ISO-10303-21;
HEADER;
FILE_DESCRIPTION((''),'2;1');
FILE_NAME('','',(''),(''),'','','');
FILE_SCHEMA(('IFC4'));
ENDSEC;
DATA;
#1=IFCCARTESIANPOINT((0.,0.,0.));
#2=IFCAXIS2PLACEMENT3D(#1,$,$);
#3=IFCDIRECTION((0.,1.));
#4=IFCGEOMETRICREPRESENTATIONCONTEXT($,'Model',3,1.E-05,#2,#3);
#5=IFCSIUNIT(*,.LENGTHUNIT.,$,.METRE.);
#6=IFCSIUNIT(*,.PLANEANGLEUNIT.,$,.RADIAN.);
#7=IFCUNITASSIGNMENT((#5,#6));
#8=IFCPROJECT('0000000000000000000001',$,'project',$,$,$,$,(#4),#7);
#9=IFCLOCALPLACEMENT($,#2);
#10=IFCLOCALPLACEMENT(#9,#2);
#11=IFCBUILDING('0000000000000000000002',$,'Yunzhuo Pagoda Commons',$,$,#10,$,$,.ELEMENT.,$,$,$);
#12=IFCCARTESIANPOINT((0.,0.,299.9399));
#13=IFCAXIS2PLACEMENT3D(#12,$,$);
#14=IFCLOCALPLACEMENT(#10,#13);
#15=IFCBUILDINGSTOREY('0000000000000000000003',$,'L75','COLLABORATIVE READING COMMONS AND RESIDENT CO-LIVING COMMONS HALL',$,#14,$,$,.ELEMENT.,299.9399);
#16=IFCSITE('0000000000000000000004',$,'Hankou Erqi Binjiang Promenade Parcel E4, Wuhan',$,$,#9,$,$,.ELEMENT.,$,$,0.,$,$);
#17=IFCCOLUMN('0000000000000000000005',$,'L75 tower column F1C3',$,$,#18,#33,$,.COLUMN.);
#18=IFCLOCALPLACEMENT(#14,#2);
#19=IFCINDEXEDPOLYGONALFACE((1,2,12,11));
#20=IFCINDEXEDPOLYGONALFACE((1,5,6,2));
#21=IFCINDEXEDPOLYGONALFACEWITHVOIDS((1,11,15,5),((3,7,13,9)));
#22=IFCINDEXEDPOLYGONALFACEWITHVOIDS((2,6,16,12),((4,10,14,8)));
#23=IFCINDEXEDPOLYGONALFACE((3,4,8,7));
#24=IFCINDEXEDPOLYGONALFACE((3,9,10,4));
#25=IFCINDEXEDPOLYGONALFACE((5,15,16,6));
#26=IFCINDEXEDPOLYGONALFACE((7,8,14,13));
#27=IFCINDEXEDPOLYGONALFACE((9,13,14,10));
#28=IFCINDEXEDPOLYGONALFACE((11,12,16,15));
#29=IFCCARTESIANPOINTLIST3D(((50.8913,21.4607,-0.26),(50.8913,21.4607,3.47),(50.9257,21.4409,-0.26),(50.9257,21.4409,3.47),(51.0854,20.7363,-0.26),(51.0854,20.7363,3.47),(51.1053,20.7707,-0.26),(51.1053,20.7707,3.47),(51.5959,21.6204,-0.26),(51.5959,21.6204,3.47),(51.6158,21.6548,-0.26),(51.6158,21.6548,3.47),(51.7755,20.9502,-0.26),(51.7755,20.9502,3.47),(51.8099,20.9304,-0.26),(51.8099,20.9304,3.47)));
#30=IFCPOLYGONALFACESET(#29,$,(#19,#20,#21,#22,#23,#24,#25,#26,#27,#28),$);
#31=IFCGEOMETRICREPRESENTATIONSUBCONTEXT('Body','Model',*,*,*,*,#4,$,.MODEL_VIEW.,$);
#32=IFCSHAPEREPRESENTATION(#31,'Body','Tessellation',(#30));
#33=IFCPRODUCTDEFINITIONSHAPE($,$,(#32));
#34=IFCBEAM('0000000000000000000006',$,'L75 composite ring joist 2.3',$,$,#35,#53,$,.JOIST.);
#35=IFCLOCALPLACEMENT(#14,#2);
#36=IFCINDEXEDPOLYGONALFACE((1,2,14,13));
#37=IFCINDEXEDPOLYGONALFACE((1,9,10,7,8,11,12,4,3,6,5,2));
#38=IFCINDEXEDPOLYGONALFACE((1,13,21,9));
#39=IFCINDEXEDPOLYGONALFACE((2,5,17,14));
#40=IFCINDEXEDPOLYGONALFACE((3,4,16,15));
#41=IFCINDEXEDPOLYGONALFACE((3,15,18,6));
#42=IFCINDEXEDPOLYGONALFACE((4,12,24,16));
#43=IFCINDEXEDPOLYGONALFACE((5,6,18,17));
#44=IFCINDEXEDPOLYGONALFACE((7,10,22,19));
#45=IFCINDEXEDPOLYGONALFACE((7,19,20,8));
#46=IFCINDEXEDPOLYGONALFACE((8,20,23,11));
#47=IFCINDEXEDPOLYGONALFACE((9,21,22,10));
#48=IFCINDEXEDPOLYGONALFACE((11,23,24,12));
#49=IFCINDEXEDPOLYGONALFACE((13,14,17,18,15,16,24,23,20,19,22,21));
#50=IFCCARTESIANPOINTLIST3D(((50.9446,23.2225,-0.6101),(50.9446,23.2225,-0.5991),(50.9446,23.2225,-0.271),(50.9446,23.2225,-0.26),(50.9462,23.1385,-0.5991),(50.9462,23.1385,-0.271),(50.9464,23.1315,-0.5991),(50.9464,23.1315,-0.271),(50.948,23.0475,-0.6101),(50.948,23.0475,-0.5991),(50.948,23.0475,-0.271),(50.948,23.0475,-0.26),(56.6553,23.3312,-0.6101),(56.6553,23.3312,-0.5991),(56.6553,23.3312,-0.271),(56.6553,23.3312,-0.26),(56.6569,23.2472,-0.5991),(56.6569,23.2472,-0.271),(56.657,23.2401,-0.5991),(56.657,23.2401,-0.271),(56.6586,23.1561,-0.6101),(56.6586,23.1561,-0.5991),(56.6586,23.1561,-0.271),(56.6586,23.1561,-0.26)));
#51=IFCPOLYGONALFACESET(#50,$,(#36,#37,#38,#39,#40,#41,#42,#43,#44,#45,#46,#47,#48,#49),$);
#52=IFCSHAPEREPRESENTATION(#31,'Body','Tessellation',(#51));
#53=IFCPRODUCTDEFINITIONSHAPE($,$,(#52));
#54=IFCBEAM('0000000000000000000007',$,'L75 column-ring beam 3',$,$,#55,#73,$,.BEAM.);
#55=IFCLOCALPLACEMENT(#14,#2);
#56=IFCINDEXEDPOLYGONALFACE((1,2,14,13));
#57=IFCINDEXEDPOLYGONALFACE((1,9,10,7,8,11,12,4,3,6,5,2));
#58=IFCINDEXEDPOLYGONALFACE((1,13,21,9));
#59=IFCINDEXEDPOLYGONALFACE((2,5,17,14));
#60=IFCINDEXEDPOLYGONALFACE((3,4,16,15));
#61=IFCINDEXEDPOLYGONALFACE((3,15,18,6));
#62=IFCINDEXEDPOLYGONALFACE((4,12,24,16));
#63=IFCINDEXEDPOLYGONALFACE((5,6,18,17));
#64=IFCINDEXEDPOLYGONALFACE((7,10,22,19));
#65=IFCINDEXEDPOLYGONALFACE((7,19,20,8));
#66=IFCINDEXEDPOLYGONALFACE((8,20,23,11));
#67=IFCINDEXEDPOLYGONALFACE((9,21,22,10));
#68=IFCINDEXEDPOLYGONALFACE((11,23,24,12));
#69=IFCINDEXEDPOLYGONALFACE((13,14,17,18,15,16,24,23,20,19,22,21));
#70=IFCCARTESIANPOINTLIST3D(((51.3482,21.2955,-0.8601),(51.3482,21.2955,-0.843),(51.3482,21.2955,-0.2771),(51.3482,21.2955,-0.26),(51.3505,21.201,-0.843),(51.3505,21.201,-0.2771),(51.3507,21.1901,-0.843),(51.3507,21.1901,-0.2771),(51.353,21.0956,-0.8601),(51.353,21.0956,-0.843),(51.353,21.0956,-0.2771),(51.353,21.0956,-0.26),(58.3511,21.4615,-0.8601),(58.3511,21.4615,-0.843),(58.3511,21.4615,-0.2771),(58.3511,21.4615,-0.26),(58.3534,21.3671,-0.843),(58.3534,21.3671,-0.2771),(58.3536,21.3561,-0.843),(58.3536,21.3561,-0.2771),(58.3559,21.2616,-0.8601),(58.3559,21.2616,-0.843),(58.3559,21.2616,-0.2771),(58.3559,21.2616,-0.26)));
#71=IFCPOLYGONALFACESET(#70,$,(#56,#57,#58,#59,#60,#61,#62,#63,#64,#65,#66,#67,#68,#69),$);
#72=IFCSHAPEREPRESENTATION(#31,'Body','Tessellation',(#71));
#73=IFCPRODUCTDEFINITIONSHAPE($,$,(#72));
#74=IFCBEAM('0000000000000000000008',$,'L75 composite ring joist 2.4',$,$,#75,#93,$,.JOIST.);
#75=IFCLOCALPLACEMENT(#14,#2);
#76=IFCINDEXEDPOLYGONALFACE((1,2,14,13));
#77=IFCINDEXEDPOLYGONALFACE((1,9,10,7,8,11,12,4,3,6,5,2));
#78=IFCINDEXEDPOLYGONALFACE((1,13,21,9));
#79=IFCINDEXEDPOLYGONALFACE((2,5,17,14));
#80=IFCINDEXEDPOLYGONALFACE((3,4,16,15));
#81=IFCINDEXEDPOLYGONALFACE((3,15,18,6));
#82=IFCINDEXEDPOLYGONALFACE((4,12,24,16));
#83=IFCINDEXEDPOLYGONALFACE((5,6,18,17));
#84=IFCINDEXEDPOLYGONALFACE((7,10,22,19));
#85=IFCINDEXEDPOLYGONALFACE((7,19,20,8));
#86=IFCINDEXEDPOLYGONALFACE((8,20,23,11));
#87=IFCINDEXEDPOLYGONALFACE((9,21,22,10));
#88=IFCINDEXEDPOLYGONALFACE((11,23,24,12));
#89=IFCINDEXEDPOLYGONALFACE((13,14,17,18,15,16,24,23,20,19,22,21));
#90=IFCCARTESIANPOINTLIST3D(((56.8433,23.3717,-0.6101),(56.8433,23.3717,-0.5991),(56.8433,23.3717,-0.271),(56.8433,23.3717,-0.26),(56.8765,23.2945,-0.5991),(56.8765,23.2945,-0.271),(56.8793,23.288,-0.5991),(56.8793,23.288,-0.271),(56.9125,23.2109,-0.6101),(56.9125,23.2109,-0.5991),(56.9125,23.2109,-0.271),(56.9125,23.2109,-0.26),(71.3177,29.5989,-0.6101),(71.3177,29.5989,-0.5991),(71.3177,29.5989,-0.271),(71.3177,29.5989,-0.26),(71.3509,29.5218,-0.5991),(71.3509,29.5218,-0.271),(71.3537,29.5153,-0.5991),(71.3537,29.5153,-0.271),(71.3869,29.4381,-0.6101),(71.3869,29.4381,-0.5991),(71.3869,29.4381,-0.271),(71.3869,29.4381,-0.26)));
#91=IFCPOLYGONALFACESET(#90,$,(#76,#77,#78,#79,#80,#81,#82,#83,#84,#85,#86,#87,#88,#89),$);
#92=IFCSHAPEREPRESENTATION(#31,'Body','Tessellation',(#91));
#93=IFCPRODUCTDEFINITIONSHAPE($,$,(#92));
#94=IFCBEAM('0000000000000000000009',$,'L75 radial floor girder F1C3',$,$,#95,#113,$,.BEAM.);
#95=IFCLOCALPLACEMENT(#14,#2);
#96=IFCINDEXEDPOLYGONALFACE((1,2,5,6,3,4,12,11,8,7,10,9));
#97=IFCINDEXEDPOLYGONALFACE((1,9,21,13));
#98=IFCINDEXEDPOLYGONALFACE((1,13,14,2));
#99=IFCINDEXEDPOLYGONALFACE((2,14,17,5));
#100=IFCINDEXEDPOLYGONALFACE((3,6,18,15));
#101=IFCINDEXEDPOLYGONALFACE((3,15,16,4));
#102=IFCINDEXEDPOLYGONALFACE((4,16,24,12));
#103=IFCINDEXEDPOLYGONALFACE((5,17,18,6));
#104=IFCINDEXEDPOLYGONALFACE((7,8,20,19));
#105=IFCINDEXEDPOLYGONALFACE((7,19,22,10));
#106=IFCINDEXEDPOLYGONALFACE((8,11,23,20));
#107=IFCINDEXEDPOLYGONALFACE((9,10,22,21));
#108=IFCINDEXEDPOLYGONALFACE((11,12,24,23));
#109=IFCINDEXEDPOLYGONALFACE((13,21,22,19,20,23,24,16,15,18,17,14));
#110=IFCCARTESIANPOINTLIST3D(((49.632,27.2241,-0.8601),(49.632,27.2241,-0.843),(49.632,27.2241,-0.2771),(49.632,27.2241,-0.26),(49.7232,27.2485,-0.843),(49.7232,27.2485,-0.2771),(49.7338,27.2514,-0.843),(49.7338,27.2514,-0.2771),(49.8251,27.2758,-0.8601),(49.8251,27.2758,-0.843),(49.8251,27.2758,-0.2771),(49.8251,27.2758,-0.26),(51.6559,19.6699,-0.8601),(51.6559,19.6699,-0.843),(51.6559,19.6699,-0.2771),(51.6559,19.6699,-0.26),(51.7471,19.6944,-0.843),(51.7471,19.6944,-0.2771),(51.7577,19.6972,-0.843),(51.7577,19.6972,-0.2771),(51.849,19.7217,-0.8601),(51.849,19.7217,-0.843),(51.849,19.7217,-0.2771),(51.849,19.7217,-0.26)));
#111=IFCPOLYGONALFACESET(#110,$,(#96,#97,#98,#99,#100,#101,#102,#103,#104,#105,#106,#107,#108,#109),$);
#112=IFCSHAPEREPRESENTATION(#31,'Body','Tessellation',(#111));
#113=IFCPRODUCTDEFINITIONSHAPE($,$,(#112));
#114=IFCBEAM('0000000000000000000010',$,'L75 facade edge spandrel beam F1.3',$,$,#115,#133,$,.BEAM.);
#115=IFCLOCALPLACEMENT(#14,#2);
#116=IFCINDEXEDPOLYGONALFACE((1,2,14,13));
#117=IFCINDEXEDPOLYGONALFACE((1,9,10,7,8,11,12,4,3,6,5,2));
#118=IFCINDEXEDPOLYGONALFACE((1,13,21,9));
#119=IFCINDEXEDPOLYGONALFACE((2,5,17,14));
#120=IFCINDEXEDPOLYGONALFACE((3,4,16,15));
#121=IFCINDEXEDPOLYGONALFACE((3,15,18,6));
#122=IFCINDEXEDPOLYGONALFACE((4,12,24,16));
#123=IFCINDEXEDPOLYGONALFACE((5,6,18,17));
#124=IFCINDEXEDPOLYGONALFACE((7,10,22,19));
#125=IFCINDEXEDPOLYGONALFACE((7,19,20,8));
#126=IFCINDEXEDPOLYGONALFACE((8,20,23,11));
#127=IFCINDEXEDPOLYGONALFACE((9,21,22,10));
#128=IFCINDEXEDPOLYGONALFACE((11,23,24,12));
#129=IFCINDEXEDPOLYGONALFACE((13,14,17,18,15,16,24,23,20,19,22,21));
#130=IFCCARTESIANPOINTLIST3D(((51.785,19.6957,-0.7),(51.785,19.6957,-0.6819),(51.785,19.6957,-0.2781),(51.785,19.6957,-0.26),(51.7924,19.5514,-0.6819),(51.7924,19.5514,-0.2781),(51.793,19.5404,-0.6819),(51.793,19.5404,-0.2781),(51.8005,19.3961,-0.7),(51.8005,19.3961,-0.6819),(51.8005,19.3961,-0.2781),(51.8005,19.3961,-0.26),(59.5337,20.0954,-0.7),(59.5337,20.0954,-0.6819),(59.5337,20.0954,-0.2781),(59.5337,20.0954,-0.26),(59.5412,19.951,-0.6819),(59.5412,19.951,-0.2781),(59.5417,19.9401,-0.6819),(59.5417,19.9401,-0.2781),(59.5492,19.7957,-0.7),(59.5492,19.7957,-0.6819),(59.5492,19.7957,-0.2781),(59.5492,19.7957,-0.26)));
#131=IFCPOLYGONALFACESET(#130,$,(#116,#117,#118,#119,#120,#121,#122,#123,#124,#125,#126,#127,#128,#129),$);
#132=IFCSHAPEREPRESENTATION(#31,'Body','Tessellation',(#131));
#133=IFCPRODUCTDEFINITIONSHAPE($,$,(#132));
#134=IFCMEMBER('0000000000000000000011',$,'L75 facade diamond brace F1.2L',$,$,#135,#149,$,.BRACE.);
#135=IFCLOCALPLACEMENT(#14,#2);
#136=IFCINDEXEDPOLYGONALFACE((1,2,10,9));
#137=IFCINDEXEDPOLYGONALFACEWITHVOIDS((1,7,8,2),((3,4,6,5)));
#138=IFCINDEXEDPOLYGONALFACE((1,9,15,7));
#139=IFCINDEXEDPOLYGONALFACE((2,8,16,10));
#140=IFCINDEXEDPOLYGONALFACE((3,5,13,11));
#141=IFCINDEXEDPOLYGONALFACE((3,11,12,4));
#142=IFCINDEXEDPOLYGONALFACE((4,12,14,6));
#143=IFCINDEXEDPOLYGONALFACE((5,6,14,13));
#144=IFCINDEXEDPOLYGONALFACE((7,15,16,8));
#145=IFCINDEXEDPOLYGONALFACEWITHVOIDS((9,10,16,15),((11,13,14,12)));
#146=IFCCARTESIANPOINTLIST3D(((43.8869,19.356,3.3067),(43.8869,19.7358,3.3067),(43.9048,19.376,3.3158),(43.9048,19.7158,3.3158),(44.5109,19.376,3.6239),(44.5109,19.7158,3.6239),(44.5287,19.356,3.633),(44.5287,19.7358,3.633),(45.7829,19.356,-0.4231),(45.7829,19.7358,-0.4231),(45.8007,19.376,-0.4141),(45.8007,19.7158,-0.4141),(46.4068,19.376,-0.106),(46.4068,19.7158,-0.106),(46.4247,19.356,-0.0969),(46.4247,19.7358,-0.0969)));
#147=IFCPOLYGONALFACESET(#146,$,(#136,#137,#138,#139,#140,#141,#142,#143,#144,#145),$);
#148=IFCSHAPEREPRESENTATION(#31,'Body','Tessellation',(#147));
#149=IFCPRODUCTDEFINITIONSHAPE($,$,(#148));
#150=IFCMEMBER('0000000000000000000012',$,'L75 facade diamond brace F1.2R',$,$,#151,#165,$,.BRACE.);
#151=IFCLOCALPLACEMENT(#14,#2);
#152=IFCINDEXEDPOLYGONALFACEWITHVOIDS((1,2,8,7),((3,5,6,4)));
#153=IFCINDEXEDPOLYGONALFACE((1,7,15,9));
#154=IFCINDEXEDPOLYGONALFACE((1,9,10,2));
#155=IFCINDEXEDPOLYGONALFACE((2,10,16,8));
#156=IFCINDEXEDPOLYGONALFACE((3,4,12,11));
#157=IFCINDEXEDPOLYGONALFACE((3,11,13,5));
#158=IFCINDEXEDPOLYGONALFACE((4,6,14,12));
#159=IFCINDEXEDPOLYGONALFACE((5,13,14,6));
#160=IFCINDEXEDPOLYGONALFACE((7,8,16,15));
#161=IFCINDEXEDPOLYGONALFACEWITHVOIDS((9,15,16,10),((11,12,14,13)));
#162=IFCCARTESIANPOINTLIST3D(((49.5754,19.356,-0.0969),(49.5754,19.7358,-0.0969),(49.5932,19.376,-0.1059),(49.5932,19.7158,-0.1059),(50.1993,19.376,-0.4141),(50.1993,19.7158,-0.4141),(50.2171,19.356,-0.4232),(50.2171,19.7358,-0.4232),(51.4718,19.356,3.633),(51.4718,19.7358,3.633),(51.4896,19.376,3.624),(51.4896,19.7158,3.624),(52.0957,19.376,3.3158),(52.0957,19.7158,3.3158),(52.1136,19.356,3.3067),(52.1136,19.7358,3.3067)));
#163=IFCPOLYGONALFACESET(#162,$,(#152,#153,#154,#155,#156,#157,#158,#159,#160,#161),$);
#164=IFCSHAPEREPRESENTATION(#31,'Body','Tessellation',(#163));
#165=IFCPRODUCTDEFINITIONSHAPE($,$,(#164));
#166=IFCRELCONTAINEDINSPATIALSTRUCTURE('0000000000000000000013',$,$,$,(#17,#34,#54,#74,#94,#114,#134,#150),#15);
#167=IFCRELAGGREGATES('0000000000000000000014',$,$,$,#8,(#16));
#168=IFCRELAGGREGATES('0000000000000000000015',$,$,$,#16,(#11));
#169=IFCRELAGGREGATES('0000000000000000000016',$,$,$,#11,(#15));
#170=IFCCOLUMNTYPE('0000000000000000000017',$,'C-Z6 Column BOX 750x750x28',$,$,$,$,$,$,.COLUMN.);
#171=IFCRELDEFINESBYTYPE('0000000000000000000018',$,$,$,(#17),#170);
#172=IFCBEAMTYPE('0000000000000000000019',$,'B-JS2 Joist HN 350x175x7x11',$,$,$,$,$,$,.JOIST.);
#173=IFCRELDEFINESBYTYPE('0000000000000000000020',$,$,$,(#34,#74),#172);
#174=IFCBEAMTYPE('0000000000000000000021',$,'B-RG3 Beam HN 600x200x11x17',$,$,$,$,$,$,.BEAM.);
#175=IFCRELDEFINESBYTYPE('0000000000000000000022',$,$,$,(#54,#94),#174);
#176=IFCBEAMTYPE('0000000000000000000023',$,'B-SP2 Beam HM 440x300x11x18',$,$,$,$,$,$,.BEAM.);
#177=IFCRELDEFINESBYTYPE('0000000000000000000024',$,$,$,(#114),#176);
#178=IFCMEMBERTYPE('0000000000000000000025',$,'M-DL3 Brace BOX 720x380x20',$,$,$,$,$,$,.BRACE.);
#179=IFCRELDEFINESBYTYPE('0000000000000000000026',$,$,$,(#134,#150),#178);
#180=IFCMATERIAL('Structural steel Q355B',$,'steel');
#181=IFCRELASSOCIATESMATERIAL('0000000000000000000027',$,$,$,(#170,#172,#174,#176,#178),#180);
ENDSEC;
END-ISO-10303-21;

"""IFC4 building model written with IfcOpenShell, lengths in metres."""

from ifc_helpers import new_model, si_unit, direction, frame, origin, origin_2d, place, context, subcontext, project, spatial, hollow_rectangle, i_section, extrude, source, transform, mapped, material, material_profile, profile_set, type_object, element, save


model = new_model("IFC4")

# Units and contexts
model_context = context("Model", 3, precision=1e-05, world=origin(), true_north=direction((0.0, 1.0)))
body_context = subcontext(model_context, "Body", "Model", "MODEL_VIEW")
ifc_project = project(units=[si_unit("LENGTHUNIT", "METRE"), si_unit("PLANEANGLEUNIT", "RADIAN")], contexts=[model_context])

# Site, building, storey
site_placement = place(None, origin())
site = spatial("IfcSite", under=ifc_project, at=site_placement, Name="Hankou Erqi Binjiang Promenade Parcel E4, Wuhan", CompositionType="ELEMENT", RefElevation=0.0)
building_placement = place(site_placement, origin())
building = spatial("IfcBuilding", under=site, at=building_placement, Name="Yunzhuo Pagoda Commons", CompositionType="ELEMENT")
storey_placement = place(building_placement, frame((0.0, 0.0, 299.9399)))
storey = spatial("IfcBuildingStorey", under=building, at=storey_placement, Name="L75", Description="COLLABORATIVE READING COMMONS AND RESIDENT CO-LIVING COMMONS HALL", CompositionType="ELEMENT", Elevation=299.9399)

# Column
ifc_material_1 = material(Name="Structural steel Q355B", Category="steel")
ifc_material_profile_1 = material_profile(ifc_material_1, hollow_rectangle(XDim=0.75, YDim=0.75, WallThickness=0.0281, at=origin_2d()), Name="Structural steel Q355B")
ifc_profile_set_1 = profile_set([ifc_material_profile_1], Name="Structural steel Q355B")
column_type = type_object("IfcColumnType", Name="C-Z6 Column BOX 750x750x28", PredefinedType="COLUMN", material=ifc_profile_set_1)
shared_shape_1 = source(origin(), body_context, "Body", "SweptSolid", [
    extrude(hollow_rectangle(XDim=0.75, YDim=0.75, WallThickness=0.0281, at=origin_2d()), origin(), (0.0, 0.0, 1.0), 3.73),
])
column_placement = place(storey_placement, frame((51.3506, 21.1956, -0.26), z_axis=(0.0, 0.0, 1.0), x_axis=(0.965926, 0.258819, 0.0)))
element("IfcColumn", 1, at=column_placement, inside=storey, type_object=column_type, Name="L75 tower column F1C3", PredefinedType="COLUMN", context=body_context, shape_type="MappedRepresentation", body=[
    mapped(shared_shape_1, transform((0.0, 0.0, 0.0), scale=1.0)),
])

# Beams
ifc_material_profile_2 = material_profile(ifc_material_1, i_section(OverallWidth=0.175, OverallDepth=0.3501, WebThickness=0.0071, FlangeThickness=0.011, at=origin_2d()), Name="Structural steel Q355B")
ifc_profile_set_2 = profile_set([ifc_material_profile_2], Name="Structural steel Q355B")
beam_type_1 = type_object("IfcBeamType", Name="B-JS2 Joist HN 350x175x7x11", PredefinedType="JOIST", material=ifc_profile_set_2)
shared_shape_2 = source(origin(), body_context, "Body", "SweptSolid", [
    extrude(i_section(OverallWidth=0.175, OverallDepth=0.3501, WebThickness=0.0071, FlangeThickness=0.011, at=origin_2d()), origin(), (0.0, 0.0, 1.0), 5.7117),
])
beam_1_placement = place(storey_placement, frame((50.9463, 23.135, -0.4351), z_axis=(0.999819, 0.019021, 0.0), x_axis=(-0.019021, 0.999819, 0.0)))
element("IfcBeam", 2, at=beam_1_placement, inside=storey, type_object=beam_type_1, Name="L75 composite ring joist 2.3", PredefinedType="JOIST", context=body_context, shape_type="MappedRepresentation", body=[
    mapped(shared_shape_2, transform((0.0, 0.0, 0.0), scale=1.0)),
])
ifc_material_profile_3 = material_profile(ifc_material_1, i_section(OverallWidth=0.2, OverallDepth=0.6001, WebThickness=0.011, FlangeThickness=0.0171, at=origin_2d()), Name="Structural steel Q355B")
ifc_profile_set_3 = profile_set([ifc_material_profile_3], Name="Structural steel Q355B")
beam_type_2 = type_object("IfcBeamType", Name="B-RG3 Beam HN 600x200x11x17", PredefinedType="BEAM", material=ifc_profile_set_3)
shared_shape_3 = source(origin(), body_context, "Body", "SweptSolid", [
    extrude(i_section(OverallWidth=0.2, OverallDepth=0.6001, WebThickness=0.011, FlangeThickness=0.0171, at=origin_2d()), origin(), (0.0, 0.0, 1.0), 7.0049),
])
beam_2_placement = place(storey_placement, frame((51.3506, 21.1956, -0.5601), z_axis=(0.999719, 0.0237, 0.0), x_axis=(-0.0237, 0.999719, 0.0)))
element("IfcBeam", 3, at=beam_2_placement, inside=storey, type_object=beam_type_2, Name="L75 column-ring beam 3", PredefinedType="BEAM", context=body_context, shape_type="MappedRepresentation", body=[
    mapped(shared_shape_3, transform((0.0, 0.0, 0.0), scale=1.0)),
])
shared_shape_4 = source(origin(), body_context, "Body", "SweptSolid", [
    extrude(i_section(OverallWidth=0.175, OverallDepth=0.3501, WebThickness=0.0071, FlangeThickness=0.011, at=origin_2d()), origin(), (0.0, 0.0, 1.0), 15.7571),
])
beam_3_placement = place(storey_placement, frame((56.8779, 23.2913, -0.4351), z_axis=(0.918593, 0.395205, 0.0), x_axis=(-0.395205, 0.918593, 0.0)))
element("IfcBeam", 4, at=beam_3_placement, inside=storey, type_object=beam_type_1, Name="L75 composite ring joist 2.4", PredefinedType="JOIST", context=body_context, shape_type="MappedRepresentation", body=[
    mapped(shared_shape_4, transform((0.0, 0.0, 0.0), scale=1.0)),
])
shared_shape_5 = source(origin(), body_context, "Body", "SweptSolid", [
    extrude(i_section(OverallWidth=0.2, OverallDepth=0.6001, WebThickness=0.011, FlangeThickness=0.0171, at=origin_2d()), origin(), (0.0, 0.0, 1.0), 7.8206),
])
beam_4_placement = place(storey_placement, frame((51.7524, 19.6958, -0.5601), z_axis=(-0.258793, 0.965933, 0.0), x_axis=(-0.965933, -0.258793, 0.0)))
element("IfcBeam", 5, at=beam_4_placement, inside=storey, type_object=beam_type_2, Name="L75 radial floor girder F1C3", PredefinedType="BEAM", context=body_context, shape_type="MappedRepresentation", body=[
    mapped(shared_shape_5, transform((0.0, 0.0, 0.0), scale=1.0)),
])
ifc_material_profile_4 = material_profile(ifc_material_1, i_section(OverallWidth=0.3, OverallDepth=0.4399, WebThickness=0.011, FlangeThickness=0.0181, at=origin_2d()), Name="Structural steel Q355B")
ifc_profile_set_4 = profile_set([ifc_material_profile_4], Name="Structural steel Q355B")
beam_type_3 = type_object("IfcBeamType", Name="B-SP2 Beam HM 440x300x11x18", PredefinedType="BEAM", material=ifc_profile_set_4)
shared_shape_6 = source(origin(), body_context, "Body", "SweptSolid", [
    extrude(i_section(OverallWidth=0.3, OverallDepth=0.4399, WebThickness=0.011, FlangeThickness=0.0181, at=origin_2d()), origin(), (0.0, 0.0, 1.0), 7.759),
])
beam_5_placement = place(storey_placement, frame((51.7927, 19.5459, -0.48), z_axis=(0.998673, 0.051508, 0.0), x_axis=(-0.051508, 0.998673, 0.0)))
element("IfcBeam", 6, at=beam_5_placement, inside=storey, type_object=beam_type_3, Name="L75 facade edge spandrel beam F1.3", PredefinedType="BEAM", context=body_context, shape_type="MappedRepresentation", body=[
    mapped(shared_shape_6, transform((0.0, 0.0, 0.0), scale=1.0)),
])

# Members
ifc_material_profile_5 = material_profile(ifc_material_1, hollow_rectangle(XDim=0.3799, YDim=0.72, WallThickness=0.02, at=origin_2d()), Name="Structural steel Q355B")
ifc_profile_set_5 = profile_set([ifc_material_profile_5], Name="Structural steel Q355B")
member_type_1 = type_object("IfcMemberType", Name="M-DL3 Brace BOX 720x380x20", PredefinedType="BRACE", material=ifc_profile_set_5)
shared_shape_7 = source(origin(), body_context, "Body", "SweptSolid", [
    extrude(hollow_rectangle(XDim=0.3799, YDim=0.72, WallThickness=0.02, at=origin_2d()), origin(), (0.0, 0.0, 1.0), 4.1841),
])
member_1_placement = place(storey_placement, frame((46.1038, 19.5459, -0.26), z_axis=(-0.453132, 0.0, 0.891443), x_axis=(0.0, -1.0, 0.0)))
element("IfcMember", 7, at=member_1_placement, inside=storey, type_object=member_type_1, Name="L75 facade diamond brace F1.2L", PredefinedType="BRACE", context=body_context, shape_type="MappedRepresentation", body=[
    mapped(shared_shape_7, transform((0.0, 0.0, 0.0), scale=1.0)),
])
shared_shape_8 = source(origin(), body_context, "Body", "SweptSolid", [
    extrude(hollow_rectangle(XDim=0.3799, YDim=0.72, WallThickness=0.02, at=origin_2d()), origin(), (0.0, 0.0, 1.0), 4.1843),
])
member_2_placement = place(storey_placement, frame((49.8962, 19.5459, -0.26), z_axis=(0.453225, 0.0, 0.891396), x_axis=(0.0, 1.0, 0.0)))
element("IfcMember", 8, at=member_2_placement, inside=storey, type_object=member_type_1, Name="L75 facade diamond brace F1.2R", PredefinedType="BRACE", context=body_context, shape_type="MappedRepresentation", body=[
    mapped(shared_shape_8, transform((0.0, 0.0, 0.0), scale=1.0)),
])

save(model, "model.ifc")
